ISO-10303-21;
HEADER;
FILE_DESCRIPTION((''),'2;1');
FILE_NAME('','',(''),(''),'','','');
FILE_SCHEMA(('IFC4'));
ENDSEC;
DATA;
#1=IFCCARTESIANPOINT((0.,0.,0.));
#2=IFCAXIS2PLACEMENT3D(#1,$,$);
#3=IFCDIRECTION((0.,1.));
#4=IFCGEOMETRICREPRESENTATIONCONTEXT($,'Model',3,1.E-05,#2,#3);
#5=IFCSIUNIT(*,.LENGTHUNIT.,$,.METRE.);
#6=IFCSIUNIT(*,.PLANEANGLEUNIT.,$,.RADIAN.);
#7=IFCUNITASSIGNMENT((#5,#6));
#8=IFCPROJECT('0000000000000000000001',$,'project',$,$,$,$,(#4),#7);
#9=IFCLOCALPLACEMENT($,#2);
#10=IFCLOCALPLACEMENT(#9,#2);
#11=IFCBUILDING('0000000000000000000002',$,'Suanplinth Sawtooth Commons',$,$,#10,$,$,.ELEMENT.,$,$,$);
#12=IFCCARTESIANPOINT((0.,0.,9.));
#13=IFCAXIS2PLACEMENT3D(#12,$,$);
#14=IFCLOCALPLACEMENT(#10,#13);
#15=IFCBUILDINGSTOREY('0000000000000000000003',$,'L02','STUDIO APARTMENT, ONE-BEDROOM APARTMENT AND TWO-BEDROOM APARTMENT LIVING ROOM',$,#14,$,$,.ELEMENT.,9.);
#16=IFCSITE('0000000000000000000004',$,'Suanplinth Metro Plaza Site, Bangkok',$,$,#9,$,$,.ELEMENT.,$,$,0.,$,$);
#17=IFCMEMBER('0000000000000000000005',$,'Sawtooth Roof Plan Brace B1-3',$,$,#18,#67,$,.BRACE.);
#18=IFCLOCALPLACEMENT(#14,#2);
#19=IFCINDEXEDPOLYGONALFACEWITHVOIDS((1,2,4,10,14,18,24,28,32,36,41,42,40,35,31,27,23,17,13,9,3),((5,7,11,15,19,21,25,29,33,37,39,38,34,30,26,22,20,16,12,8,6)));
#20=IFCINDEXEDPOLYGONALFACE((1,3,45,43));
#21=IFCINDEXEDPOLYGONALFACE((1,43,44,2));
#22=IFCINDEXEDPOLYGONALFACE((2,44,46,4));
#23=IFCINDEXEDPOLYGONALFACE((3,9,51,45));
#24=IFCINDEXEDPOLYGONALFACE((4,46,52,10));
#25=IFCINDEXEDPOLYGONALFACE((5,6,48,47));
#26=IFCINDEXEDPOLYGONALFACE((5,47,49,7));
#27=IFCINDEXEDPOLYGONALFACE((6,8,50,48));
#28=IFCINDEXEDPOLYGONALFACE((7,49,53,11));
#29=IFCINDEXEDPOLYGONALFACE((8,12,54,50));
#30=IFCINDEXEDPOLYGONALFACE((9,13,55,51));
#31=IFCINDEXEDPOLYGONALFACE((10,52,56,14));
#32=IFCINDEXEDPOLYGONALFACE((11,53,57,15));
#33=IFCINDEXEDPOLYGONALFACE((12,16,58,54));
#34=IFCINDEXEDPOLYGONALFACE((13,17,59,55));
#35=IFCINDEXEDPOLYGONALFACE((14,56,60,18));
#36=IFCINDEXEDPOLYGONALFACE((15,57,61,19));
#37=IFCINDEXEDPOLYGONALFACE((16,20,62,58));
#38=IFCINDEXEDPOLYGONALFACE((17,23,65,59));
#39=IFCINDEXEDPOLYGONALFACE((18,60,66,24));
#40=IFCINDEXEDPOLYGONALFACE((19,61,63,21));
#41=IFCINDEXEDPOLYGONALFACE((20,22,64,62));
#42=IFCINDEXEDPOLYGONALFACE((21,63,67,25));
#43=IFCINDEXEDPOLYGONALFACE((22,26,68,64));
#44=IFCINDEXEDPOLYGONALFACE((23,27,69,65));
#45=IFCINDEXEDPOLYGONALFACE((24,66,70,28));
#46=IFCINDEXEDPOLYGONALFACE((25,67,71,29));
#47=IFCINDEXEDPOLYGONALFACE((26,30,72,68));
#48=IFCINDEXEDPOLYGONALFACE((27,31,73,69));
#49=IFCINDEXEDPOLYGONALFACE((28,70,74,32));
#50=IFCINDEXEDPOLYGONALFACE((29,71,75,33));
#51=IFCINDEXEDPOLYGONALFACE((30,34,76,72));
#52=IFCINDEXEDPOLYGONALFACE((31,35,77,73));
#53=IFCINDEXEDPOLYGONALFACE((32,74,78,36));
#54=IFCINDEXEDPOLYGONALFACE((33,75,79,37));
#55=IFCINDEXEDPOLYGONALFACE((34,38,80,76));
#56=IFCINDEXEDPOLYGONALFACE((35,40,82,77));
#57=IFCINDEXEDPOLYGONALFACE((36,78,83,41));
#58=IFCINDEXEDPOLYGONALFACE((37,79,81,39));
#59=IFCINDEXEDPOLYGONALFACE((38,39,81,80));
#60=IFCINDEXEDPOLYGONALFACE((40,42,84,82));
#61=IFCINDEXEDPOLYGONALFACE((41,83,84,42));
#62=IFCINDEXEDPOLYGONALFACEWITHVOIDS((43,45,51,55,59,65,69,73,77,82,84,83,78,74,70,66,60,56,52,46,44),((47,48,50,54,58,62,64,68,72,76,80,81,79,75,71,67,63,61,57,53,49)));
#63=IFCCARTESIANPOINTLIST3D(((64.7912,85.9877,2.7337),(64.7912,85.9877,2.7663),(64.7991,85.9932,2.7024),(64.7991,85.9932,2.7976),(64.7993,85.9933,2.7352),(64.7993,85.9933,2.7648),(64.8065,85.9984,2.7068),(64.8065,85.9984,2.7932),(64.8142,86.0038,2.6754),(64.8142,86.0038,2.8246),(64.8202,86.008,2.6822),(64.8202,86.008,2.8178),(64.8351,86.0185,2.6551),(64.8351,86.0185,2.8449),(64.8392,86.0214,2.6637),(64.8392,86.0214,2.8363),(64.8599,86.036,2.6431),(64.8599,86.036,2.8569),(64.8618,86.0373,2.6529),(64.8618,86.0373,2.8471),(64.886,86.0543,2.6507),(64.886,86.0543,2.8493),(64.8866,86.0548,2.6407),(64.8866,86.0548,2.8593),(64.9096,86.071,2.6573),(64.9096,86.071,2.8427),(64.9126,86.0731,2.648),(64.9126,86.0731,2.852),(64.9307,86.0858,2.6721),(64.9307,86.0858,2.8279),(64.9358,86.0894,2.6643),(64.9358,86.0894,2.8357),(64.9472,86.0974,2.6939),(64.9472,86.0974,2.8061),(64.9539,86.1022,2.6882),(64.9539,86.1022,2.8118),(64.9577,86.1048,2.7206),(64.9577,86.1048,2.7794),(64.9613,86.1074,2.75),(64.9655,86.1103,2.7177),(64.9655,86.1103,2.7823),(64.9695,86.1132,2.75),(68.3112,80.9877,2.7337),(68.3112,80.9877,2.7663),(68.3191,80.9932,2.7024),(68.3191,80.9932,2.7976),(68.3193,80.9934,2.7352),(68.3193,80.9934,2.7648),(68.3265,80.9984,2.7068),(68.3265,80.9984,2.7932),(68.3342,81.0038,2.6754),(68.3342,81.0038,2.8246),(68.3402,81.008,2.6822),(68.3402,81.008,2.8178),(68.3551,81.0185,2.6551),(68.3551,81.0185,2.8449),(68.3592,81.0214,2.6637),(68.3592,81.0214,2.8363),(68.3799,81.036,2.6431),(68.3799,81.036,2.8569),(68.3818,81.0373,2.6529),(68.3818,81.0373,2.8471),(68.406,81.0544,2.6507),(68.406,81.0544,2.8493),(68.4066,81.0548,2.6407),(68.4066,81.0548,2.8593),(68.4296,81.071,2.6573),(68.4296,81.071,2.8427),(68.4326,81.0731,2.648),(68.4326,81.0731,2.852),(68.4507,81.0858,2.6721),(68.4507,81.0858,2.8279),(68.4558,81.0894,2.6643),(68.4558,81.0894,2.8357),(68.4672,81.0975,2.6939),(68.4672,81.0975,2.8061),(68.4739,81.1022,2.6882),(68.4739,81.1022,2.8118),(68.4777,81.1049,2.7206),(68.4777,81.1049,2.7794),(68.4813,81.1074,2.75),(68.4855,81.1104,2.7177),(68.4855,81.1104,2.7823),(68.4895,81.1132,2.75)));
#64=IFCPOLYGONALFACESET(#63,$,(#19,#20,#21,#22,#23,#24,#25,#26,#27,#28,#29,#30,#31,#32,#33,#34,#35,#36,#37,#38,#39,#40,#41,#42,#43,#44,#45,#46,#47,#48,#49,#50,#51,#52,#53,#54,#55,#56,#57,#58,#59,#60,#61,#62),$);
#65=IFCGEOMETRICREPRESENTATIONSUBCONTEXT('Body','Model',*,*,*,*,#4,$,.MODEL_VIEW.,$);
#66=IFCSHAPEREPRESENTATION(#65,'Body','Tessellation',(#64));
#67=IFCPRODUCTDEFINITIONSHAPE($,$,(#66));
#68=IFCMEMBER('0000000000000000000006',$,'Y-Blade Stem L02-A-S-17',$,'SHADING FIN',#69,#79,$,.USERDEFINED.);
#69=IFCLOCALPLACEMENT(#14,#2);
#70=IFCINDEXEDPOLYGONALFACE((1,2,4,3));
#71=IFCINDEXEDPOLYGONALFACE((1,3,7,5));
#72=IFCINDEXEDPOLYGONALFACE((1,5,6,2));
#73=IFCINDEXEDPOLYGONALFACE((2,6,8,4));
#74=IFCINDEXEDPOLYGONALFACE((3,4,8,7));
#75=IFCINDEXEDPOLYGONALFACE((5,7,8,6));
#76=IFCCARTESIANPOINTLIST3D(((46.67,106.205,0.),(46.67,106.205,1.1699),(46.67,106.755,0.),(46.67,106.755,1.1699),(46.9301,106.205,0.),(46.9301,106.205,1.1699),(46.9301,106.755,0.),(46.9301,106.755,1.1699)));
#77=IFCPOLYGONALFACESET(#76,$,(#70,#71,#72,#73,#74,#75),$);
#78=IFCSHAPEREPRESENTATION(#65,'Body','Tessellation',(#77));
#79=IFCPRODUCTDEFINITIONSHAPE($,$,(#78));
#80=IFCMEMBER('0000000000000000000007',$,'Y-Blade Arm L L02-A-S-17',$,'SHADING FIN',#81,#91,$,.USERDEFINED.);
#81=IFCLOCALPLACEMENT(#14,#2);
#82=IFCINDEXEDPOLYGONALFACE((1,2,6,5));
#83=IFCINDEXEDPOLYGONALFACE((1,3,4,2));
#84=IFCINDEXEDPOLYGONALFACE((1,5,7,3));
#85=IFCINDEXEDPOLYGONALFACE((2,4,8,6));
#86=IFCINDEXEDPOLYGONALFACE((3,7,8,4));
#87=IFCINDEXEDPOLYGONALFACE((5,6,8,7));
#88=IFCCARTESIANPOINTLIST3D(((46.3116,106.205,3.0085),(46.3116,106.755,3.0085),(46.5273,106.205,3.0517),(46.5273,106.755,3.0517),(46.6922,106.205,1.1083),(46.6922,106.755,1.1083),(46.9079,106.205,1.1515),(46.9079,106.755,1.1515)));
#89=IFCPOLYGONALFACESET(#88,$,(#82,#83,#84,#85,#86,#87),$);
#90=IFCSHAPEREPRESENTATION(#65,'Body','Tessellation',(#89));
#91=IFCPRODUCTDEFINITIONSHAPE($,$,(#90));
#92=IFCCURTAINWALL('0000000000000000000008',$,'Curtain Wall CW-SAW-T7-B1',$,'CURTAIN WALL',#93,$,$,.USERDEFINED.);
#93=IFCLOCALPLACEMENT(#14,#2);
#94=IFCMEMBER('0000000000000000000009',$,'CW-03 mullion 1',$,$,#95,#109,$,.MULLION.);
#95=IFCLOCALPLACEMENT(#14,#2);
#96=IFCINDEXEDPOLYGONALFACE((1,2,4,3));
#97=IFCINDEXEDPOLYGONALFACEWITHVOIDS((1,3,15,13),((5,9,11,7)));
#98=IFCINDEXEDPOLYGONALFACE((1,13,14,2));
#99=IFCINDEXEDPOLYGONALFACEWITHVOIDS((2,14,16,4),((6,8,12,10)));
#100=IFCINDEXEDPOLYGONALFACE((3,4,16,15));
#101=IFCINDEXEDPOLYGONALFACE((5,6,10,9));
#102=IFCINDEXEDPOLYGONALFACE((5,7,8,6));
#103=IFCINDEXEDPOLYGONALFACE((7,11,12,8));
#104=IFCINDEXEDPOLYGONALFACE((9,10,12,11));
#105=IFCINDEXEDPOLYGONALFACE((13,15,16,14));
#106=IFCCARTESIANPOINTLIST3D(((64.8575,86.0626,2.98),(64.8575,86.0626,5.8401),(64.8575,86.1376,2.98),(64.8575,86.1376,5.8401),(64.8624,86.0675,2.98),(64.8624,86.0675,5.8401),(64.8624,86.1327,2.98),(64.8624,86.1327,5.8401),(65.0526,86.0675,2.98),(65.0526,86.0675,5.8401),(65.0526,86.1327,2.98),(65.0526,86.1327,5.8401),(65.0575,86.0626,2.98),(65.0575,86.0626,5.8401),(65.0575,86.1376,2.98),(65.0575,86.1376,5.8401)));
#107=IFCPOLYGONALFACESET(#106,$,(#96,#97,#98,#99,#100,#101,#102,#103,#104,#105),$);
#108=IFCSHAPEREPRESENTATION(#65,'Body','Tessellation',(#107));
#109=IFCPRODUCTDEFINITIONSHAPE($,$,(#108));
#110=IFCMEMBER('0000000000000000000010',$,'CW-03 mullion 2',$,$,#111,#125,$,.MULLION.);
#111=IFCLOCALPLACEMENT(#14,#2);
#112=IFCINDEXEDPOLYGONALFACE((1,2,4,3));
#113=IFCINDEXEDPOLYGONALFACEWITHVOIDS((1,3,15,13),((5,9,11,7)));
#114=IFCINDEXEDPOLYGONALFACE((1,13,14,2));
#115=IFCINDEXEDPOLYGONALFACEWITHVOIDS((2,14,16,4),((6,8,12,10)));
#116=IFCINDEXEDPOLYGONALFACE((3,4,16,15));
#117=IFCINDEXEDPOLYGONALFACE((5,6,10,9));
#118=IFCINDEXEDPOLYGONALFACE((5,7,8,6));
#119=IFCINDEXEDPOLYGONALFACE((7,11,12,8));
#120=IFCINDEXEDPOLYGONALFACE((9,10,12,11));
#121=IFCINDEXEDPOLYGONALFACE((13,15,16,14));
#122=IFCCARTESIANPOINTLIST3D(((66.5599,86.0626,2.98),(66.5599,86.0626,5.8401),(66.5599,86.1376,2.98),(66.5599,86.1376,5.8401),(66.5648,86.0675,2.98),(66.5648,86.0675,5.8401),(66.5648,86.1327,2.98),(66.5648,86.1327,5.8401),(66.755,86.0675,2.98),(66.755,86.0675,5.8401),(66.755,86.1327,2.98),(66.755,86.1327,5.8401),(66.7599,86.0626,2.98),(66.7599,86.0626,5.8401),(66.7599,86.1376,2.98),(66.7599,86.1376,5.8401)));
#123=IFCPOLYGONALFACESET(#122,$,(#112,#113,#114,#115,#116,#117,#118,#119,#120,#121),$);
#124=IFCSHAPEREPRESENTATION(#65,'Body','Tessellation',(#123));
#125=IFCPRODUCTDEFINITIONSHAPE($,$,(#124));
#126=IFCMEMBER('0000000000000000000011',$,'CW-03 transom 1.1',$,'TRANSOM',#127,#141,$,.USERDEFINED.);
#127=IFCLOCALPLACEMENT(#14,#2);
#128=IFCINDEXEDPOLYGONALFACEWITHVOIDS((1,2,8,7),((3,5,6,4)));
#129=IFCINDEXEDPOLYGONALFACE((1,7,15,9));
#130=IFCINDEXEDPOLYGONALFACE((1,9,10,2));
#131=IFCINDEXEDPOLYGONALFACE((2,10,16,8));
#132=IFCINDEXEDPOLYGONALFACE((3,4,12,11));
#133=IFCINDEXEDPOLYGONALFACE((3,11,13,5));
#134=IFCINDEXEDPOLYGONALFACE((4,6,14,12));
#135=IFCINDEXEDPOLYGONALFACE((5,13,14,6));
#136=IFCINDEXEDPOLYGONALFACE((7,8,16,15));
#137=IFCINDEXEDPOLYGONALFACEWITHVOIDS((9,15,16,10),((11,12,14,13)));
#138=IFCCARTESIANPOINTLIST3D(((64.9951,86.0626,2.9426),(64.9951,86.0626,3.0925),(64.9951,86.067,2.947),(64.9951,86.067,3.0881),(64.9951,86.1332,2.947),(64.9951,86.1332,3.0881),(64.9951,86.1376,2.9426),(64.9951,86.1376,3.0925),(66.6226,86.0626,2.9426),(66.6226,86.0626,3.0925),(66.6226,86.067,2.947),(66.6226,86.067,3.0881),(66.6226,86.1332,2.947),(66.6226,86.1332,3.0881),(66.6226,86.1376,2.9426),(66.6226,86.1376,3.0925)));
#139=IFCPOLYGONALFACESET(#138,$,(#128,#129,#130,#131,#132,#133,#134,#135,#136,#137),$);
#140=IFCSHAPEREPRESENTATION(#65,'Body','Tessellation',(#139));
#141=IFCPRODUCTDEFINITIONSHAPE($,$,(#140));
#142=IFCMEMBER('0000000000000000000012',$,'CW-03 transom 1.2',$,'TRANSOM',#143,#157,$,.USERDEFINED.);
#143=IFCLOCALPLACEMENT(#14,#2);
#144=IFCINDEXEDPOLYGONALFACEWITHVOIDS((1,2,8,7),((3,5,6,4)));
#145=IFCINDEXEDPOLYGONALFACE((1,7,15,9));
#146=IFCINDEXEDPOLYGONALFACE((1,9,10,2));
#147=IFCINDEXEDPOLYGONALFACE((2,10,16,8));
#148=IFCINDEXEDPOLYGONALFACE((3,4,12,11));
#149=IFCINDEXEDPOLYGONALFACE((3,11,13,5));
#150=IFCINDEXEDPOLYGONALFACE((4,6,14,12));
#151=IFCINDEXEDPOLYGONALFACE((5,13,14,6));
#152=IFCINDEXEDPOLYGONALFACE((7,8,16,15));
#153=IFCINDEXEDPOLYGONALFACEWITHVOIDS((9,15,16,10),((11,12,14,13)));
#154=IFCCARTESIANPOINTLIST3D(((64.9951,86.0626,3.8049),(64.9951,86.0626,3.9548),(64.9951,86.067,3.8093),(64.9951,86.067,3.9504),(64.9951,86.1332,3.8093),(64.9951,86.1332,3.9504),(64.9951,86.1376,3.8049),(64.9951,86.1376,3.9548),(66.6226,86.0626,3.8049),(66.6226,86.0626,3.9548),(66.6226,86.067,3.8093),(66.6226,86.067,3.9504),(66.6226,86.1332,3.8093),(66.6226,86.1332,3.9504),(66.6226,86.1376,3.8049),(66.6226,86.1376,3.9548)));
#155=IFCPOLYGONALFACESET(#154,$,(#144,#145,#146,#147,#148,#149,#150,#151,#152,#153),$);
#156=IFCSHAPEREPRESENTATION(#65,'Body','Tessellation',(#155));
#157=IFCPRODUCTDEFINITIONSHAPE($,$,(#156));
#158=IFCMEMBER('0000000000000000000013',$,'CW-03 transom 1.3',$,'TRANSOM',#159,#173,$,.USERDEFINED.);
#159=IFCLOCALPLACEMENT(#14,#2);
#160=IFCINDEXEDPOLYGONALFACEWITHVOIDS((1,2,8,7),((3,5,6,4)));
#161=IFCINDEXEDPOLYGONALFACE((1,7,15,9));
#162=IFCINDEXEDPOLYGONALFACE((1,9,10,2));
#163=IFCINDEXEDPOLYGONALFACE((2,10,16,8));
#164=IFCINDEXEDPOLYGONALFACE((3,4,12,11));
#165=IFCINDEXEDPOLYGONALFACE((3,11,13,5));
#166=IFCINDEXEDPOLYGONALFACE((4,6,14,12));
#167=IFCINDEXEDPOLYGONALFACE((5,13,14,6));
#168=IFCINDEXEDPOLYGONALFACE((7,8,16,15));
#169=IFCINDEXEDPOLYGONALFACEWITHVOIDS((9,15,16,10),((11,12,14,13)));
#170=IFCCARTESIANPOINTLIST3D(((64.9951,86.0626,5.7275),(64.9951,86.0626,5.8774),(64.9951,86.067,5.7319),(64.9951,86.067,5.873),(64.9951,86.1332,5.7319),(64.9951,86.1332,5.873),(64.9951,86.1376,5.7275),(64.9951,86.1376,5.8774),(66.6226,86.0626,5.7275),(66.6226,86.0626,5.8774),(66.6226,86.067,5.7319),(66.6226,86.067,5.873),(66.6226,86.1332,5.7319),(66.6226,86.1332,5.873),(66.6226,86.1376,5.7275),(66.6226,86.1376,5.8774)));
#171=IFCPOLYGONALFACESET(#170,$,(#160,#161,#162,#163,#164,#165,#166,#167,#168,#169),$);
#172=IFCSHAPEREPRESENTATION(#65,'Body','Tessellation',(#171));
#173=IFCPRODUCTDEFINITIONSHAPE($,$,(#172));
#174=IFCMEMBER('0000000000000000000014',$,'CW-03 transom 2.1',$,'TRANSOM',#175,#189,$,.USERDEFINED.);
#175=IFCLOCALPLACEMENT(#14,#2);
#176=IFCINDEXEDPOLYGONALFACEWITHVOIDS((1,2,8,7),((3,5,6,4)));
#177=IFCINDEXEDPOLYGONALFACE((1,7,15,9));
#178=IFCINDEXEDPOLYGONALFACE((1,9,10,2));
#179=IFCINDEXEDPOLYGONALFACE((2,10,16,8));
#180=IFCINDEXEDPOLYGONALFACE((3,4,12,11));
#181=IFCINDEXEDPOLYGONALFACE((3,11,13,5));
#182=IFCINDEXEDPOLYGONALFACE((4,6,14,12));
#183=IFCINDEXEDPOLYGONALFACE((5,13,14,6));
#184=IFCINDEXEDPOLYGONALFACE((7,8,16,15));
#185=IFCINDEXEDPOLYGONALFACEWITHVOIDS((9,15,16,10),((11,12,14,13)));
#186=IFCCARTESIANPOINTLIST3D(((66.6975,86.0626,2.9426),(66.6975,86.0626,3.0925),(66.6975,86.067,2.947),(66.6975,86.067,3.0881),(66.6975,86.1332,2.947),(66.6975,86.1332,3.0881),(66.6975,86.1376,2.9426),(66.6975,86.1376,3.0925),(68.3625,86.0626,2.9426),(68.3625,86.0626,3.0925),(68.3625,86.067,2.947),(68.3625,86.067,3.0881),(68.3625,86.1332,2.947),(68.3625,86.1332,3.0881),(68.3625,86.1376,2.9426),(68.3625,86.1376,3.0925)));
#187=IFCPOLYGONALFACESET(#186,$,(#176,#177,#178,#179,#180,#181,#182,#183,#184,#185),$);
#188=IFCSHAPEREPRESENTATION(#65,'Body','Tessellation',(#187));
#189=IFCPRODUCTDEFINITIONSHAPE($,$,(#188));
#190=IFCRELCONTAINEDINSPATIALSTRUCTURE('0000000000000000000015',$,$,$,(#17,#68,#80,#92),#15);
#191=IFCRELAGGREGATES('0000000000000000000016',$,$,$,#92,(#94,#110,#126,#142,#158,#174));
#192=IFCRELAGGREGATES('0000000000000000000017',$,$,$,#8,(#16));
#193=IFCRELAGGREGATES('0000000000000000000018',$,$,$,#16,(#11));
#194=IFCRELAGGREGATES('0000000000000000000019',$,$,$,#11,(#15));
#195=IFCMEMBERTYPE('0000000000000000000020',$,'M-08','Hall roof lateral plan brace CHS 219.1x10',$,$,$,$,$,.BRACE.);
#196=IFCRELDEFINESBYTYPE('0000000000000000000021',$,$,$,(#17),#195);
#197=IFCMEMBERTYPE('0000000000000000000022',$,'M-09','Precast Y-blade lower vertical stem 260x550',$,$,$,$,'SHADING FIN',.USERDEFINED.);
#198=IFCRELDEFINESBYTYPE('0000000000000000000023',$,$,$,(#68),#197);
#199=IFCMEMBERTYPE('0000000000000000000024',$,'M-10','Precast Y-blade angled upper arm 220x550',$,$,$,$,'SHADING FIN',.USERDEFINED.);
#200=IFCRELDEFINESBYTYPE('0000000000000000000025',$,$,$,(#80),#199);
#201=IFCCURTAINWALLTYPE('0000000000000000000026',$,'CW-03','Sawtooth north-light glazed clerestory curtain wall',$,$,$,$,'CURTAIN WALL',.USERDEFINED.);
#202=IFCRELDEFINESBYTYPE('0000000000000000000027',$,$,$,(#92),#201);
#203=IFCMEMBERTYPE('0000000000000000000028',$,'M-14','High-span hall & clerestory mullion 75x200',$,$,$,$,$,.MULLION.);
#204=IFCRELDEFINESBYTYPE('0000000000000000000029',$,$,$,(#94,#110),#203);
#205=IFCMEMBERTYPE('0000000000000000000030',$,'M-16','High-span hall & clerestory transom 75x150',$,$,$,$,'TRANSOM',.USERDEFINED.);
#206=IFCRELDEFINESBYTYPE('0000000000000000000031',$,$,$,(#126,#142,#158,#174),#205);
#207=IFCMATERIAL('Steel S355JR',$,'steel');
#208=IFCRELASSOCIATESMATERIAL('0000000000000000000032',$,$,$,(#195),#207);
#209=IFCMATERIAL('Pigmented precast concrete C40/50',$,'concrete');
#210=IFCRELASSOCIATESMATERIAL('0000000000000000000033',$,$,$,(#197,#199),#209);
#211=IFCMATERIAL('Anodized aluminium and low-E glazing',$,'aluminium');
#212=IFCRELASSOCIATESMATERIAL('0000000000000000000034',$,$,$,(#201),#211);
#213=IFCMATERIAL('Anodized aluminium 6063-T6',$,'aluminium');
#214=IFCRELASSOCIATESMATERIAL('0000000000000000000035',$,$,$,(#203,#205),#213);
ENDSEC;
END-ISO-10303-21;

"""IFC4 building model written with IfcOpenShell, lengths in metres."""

from ifc_helpers import new_model, si_unit, direction, frame, origin, origin_2d, place, context, subcontext, project, spatial, rectangle, hollow_rectangle, hollow_circle, extrude, material, material_profile, profile_set, type_object, element, aggregate, save


model = new_model("IFC4")

# Units and contexts
model_context = context("Model", 3, precision=1e-05, world=origin(), true_north=direction((0.0, 1.0)))
body_context = subcontext(model_context, "Body", "Model", "MODEL_VIEW")
ifc_project = project(units=[si_unit("LENGTHUNIT", "METRE"), si_unit("PLANEANGLEUNIT", "RADIAN")], contexts=[model_context])

# Site, building, storey
site_placement = place(None, origin())
site = spatial("IfcSite", under=ifc_project, at=site_placement, Name="Suanplinth Metro Plaza Site, Bangkok", CompositionType="ELEMENT", RefElevation=0.0)
building_placement = place(site_placement, origin())
building = spatial("IfcBuilding", under=site, at=building_placement, Name="Suanplinth Sawtooth Commons", CompositionType="ELEMENT")
storey_placement = place(building_placement, frame((0.0, 0.0, 9.0)))
storey = spatial("IfcBuildingStorey", under=building, at=storey_placement, Name="L02", Description="STUDIO APARTMENT, ONE-BEDROOM APARTMENT AND TWO-BEDROOM APARTMENT LIVING ROOM", CompositionType="ELEMENT", Elevation=9.0)

# Shared definitions
ifc_material_1 = material(Name="Steel S355JR", Category="steel")

# Members
ifc_material_profile_1 = material_profile(ifc_material_1, hollow_circle(Radius=0.1096, WallThickness=0.01, at=origin_2d()), Name="CHS 219.1x10")
ifc_profile_set_1 = profile_set([ifc_material_profile_1], Name="Steel S355JR")
member_type_1 = type_object("IfcMemberType", Name="M-08", Description="Hall roof lateral plan brace CHS 219.1x10", PredefinedType="BRACE", material=ifc_profile_set_1)
member_1_placement = place(storey_placement, frame((64.8799, 86.05, 2.75), z_axis=(0.575658, -0.817691, 0.0), x_axis=(0.817691, 0.575658, 0.0)))
element("IfcMember", 1, at=member_1_placement, inside=storey, type_object=member_type_1, Name="Sawtooth Roof Plan Brace B1-3", PredefinedType="BRACE", context=body_context, shape_type="SweptSolid", body=[
    extrude(hollow_circle(Radius=0.1096, WallThickness=0.01, at=origin_2d()), origin(), (0.0, 0.0, 1.0), 6.1147),
])
ifc_material_2 = material(Name="Pigmented precast concrete C40/50", Category="concrete")
ifc_material_profile_2 = material_profile(ifc_material_2, rectangle(XDim=0.26, YDim=0.55, at=origin_2d()), Name="PC-FIN 260x550")
ifc_profile_set_2 = profile_set([ifc_material_profile_2], Name="Pigmented precast concrete C40/50")
member_type_2 = type_object("IfcMemberType", Name="M-09", Description="Precast Y-blade lower vertical stem 260x550", ElementType="SHADING FIN", PredefinedType="USERDEFINED", material=ifc_profile_set_2)
member_2_placement = place(storey_placement, frame((46.8, 106.48, 0.0), z_axis=(0.0, 0.0, 1.0), x_axis=(1.0, 0.0, 0.0)))
element("IfcMember", 2, at=member_2_placement, inside=storey, type_object=member_type_2, Name="Y-Blade Stem L02-A-S-17", ObjectType="SHADING FIN", PredefinedType="USERDEFINED", context=body_context, shape_type="SweptSolid", body=[
    extrude(rectangle(XDim=0.26, YDim=0.55, at=origin_2d()), origin(), (0.0, 0.0, 1.0), 1.1699),
])
ifc_material_profile_3 = material_profile(ifc_material_2, rectangle(XDim=0.22, YDim=0.55, at=origin_2d()), Name="PC-FIN 220x550")
ifc_profile_set_3 = profile_set([ifc_material_profile_3], Name="Pigmented precast concrete C40/50")
member_type_3 = type_object("IfcMemberType", Name="M-10", Description="Precast Y-blade angled upper arm 220x550", ElementType="SHADING FIN", PredefinedType="USERDEFINED", material=ifc_profile_set_3)
member_3_placement = place(storey_placement, frame((46.8, 106.48, 1.1299), z_axis=(-0.196407, 0.0, 0.980522), x_axis=(0.980522, 0.0, 0.196407)))
element("IfcMember", 3, at=member_3_placement, inside=storey, type_object=member_type_3, Name="Y-Blade Arm L L02-A-S-17", ObjectType="SHADING FIN", PredefinedType="USERDEFINED", context=body_context, shape_type="SweptSolid", body=[
    extrude(rectangle(XDim=0.22, YDim=0.55, at=origin_2d()), origin(), (0.0, 0.0, 1.0), 1.938),
])

# Curtain wall, members
ifc_material_3 = material(Name="Anodized aluminium and low-E glazing", Category="aluminium")
curtain_wall_type = type_object("IfcCurtainWallType", Name="CW-03", Description="Sawtooth north-light glazed clerestory curtain wall", ElementType="CURTAIN WALL", PredefinedType="USERDEFINED", material=ifc_material_3)
curtain_wall_placement = place(storey_placement, origin())
curtain_wall = element("IfcCurtainWall", 4, at=curtain_wall_placement, inside=storey, type_object=curtain_wall_type, Name="Curtain Wall CW-SAW-T7-B1", ObjectType="CURTAIN WALL", PredefinedType="USERDEFINED")
ifc_material_4 = material(Name="Anodized aluminium 6063-T6", Category="aluminium")
ifc_material_profile_4 = material_profile(ifc_material_4, hollow_rectangle(XDim=0.075, YDim=0.2, WallThickness=0.0049, at=origin_2d()), Name="ALU-MUL 75x200")
ifc_profile_set_4 = profile_set([ifc_material_profile_4], Name="Anodized aluminium 6063-T6")
member_type_4 = type_object("IfcMemberType", Name="M-14", Description="High-span hall & clerestory mullion 75x200", PredefinedType="MULLION", material=ifc_profile_set_4)
member_4_placement = place(storey_placement, frame((64.9575, 86.1001, 2.98), z_axis=(0.0, 0.0, 1.0), x_axis=(0.0, 1.0, 0.0)))
member_4 = element("IfcMember", 5, at=member_4_placement, type_object=member_type_4, Name="CW-03 mullion 1", PredefinedType="MULLION", context=body_context, shape_type="SweptSolid", body=[
    extrude(hollow_rectangle(XDim=0.075, YDim=0.2, WallThickness=0.0049, at=origin_2d()), origin(), (0.0, 0.0, 1.0), 2.8601),
])
member_5_placement = place(storey_placement, frame((66.6599, 86.1001, 2.98), z_axis=(0.0, 0.0, 1.0), x_axis=(0.0, 1.0, 0.0)))
member_5 = element("IfcMember", 6, at=member_5_placement, type_object=member_type_4, Name="CW-03 mullion 2", PredefinedType="MULLION", context=body_context, shape_type="SweptSolid", body=[
    extrude(hollow_rectangle(XDim=0.075, YDim=0.2, WallThickness=0.0049, at=origin_2d()), origin(), (0.0, 0.0, 1.0), 2.8601),
])
ifc_material_profile_5 = material_profile(ifc_material_4, hollow_rectangle(XDim=0.075, YDim=0.1499, WallThickness=0.0044, at=origin_2d()), Name="ALU-TRN 75x150")
ifc_profile_set_5 = profile_set([ifc_material_profile_5], Name="Anodized aluminium 6063-T6")
member_type_5 = type_object("IfcMemberType", Name="M-16", Description="High-span hall & clerestory transom 75x150", ElementType="TRANSOM", PredefinedType="USERDEFINED", material=ifc_profile_set_5)
member_6_placement = place(storey_placement, frame((64.9951, 86.1001, 3.0176), z_axis=(1.0, 0.0, 0.0), x_axis=(0.0, 1.0, 0.0)))
member_6 = element("IfcMember", 7, at=member_6_placement, type_object=member_type_5, Name="CW-03 transom 1.1", ObjectType="TRANSOM", PredefinedType="USERDEFINED", context=body_context, shape_type="SweptSolid", body=[
    extrude(hollow_rectangle(XDim=0.075, YDim=0.1499, WallThickness=0.0044, at=origin_2d()), origin(), (0.0, 0.0, 1.0), 1.6274),
])
member_7_placement = place(storey_placement, frame((64.9951, 86.1001, 3.8799), z_axis=(1.0, 0.0, 0.0), x_axis=(0.0, 1.0, 0.0)))
member_7 = element("IfcMember", 8, at=member_7_placement, type_object=member_type_5, Name="CW-03 transom 1.2", ObjectType="TRANSOM", PredefinedType="USERDEFINED", context=body_context, shape_type="SweptSolid", body=[
    extrude(hollow_rectangle(XDim=0.075, YDim=0.1499, WallThickness=0.0044, at=origin_2d()), origin(), (0.0, 0.0, 1.0), 1.6274),
])
member_8_placement = place(storey_placement, frame((64.9951, 86.1001, 5.8025), z_axis=(1.0, 0.0, 0.0), x_axis=(0.0, 1.0, 0.0)))
member_8 = element("IfcMember", 9, at=member_8_placement, type_object=member_type_5, Name="CW-03 transom 1.3", ObjectType="TRANSOM", PredefinedType="USERDEFINED", context=body_context, shape_type="SweptSolid", body=[
    extrude(hollow_rectangle(XDim=0.075, YDim=0.1499, WallThickness=0.0044, at=origin_2d()), origin(), (0.0, 0.0, 1.0), 1.6274),
])
member_9_placement = place(storey_placement, frame((66.6975, 86.1001, 3.0176), z_axis=(1.0, 0.0, 0.0), x_axis=(0.0, 1.0, 0.0)))
member_9 = element("IfcMember", 10, at=member_9_placement, type_object=member_type_5, Name="CW-03 transom 2.1", ObjectType="TRANSOM", PredefinedType="USERDEFINED", context=body_context, shape_type="SweptSolid", body=[
    extrude(hollow_rectangle(XDim=0.075, YDim=0.1499, WallThickness=0.0044, at=origin_2d()), origin(), (0.0, 0.0, 1.0), 1.665),
])

aggregate(curtain_wall, [member_4, member_5, member_6, member_7, member_8, member_9])

save(model, "model.ifc")
